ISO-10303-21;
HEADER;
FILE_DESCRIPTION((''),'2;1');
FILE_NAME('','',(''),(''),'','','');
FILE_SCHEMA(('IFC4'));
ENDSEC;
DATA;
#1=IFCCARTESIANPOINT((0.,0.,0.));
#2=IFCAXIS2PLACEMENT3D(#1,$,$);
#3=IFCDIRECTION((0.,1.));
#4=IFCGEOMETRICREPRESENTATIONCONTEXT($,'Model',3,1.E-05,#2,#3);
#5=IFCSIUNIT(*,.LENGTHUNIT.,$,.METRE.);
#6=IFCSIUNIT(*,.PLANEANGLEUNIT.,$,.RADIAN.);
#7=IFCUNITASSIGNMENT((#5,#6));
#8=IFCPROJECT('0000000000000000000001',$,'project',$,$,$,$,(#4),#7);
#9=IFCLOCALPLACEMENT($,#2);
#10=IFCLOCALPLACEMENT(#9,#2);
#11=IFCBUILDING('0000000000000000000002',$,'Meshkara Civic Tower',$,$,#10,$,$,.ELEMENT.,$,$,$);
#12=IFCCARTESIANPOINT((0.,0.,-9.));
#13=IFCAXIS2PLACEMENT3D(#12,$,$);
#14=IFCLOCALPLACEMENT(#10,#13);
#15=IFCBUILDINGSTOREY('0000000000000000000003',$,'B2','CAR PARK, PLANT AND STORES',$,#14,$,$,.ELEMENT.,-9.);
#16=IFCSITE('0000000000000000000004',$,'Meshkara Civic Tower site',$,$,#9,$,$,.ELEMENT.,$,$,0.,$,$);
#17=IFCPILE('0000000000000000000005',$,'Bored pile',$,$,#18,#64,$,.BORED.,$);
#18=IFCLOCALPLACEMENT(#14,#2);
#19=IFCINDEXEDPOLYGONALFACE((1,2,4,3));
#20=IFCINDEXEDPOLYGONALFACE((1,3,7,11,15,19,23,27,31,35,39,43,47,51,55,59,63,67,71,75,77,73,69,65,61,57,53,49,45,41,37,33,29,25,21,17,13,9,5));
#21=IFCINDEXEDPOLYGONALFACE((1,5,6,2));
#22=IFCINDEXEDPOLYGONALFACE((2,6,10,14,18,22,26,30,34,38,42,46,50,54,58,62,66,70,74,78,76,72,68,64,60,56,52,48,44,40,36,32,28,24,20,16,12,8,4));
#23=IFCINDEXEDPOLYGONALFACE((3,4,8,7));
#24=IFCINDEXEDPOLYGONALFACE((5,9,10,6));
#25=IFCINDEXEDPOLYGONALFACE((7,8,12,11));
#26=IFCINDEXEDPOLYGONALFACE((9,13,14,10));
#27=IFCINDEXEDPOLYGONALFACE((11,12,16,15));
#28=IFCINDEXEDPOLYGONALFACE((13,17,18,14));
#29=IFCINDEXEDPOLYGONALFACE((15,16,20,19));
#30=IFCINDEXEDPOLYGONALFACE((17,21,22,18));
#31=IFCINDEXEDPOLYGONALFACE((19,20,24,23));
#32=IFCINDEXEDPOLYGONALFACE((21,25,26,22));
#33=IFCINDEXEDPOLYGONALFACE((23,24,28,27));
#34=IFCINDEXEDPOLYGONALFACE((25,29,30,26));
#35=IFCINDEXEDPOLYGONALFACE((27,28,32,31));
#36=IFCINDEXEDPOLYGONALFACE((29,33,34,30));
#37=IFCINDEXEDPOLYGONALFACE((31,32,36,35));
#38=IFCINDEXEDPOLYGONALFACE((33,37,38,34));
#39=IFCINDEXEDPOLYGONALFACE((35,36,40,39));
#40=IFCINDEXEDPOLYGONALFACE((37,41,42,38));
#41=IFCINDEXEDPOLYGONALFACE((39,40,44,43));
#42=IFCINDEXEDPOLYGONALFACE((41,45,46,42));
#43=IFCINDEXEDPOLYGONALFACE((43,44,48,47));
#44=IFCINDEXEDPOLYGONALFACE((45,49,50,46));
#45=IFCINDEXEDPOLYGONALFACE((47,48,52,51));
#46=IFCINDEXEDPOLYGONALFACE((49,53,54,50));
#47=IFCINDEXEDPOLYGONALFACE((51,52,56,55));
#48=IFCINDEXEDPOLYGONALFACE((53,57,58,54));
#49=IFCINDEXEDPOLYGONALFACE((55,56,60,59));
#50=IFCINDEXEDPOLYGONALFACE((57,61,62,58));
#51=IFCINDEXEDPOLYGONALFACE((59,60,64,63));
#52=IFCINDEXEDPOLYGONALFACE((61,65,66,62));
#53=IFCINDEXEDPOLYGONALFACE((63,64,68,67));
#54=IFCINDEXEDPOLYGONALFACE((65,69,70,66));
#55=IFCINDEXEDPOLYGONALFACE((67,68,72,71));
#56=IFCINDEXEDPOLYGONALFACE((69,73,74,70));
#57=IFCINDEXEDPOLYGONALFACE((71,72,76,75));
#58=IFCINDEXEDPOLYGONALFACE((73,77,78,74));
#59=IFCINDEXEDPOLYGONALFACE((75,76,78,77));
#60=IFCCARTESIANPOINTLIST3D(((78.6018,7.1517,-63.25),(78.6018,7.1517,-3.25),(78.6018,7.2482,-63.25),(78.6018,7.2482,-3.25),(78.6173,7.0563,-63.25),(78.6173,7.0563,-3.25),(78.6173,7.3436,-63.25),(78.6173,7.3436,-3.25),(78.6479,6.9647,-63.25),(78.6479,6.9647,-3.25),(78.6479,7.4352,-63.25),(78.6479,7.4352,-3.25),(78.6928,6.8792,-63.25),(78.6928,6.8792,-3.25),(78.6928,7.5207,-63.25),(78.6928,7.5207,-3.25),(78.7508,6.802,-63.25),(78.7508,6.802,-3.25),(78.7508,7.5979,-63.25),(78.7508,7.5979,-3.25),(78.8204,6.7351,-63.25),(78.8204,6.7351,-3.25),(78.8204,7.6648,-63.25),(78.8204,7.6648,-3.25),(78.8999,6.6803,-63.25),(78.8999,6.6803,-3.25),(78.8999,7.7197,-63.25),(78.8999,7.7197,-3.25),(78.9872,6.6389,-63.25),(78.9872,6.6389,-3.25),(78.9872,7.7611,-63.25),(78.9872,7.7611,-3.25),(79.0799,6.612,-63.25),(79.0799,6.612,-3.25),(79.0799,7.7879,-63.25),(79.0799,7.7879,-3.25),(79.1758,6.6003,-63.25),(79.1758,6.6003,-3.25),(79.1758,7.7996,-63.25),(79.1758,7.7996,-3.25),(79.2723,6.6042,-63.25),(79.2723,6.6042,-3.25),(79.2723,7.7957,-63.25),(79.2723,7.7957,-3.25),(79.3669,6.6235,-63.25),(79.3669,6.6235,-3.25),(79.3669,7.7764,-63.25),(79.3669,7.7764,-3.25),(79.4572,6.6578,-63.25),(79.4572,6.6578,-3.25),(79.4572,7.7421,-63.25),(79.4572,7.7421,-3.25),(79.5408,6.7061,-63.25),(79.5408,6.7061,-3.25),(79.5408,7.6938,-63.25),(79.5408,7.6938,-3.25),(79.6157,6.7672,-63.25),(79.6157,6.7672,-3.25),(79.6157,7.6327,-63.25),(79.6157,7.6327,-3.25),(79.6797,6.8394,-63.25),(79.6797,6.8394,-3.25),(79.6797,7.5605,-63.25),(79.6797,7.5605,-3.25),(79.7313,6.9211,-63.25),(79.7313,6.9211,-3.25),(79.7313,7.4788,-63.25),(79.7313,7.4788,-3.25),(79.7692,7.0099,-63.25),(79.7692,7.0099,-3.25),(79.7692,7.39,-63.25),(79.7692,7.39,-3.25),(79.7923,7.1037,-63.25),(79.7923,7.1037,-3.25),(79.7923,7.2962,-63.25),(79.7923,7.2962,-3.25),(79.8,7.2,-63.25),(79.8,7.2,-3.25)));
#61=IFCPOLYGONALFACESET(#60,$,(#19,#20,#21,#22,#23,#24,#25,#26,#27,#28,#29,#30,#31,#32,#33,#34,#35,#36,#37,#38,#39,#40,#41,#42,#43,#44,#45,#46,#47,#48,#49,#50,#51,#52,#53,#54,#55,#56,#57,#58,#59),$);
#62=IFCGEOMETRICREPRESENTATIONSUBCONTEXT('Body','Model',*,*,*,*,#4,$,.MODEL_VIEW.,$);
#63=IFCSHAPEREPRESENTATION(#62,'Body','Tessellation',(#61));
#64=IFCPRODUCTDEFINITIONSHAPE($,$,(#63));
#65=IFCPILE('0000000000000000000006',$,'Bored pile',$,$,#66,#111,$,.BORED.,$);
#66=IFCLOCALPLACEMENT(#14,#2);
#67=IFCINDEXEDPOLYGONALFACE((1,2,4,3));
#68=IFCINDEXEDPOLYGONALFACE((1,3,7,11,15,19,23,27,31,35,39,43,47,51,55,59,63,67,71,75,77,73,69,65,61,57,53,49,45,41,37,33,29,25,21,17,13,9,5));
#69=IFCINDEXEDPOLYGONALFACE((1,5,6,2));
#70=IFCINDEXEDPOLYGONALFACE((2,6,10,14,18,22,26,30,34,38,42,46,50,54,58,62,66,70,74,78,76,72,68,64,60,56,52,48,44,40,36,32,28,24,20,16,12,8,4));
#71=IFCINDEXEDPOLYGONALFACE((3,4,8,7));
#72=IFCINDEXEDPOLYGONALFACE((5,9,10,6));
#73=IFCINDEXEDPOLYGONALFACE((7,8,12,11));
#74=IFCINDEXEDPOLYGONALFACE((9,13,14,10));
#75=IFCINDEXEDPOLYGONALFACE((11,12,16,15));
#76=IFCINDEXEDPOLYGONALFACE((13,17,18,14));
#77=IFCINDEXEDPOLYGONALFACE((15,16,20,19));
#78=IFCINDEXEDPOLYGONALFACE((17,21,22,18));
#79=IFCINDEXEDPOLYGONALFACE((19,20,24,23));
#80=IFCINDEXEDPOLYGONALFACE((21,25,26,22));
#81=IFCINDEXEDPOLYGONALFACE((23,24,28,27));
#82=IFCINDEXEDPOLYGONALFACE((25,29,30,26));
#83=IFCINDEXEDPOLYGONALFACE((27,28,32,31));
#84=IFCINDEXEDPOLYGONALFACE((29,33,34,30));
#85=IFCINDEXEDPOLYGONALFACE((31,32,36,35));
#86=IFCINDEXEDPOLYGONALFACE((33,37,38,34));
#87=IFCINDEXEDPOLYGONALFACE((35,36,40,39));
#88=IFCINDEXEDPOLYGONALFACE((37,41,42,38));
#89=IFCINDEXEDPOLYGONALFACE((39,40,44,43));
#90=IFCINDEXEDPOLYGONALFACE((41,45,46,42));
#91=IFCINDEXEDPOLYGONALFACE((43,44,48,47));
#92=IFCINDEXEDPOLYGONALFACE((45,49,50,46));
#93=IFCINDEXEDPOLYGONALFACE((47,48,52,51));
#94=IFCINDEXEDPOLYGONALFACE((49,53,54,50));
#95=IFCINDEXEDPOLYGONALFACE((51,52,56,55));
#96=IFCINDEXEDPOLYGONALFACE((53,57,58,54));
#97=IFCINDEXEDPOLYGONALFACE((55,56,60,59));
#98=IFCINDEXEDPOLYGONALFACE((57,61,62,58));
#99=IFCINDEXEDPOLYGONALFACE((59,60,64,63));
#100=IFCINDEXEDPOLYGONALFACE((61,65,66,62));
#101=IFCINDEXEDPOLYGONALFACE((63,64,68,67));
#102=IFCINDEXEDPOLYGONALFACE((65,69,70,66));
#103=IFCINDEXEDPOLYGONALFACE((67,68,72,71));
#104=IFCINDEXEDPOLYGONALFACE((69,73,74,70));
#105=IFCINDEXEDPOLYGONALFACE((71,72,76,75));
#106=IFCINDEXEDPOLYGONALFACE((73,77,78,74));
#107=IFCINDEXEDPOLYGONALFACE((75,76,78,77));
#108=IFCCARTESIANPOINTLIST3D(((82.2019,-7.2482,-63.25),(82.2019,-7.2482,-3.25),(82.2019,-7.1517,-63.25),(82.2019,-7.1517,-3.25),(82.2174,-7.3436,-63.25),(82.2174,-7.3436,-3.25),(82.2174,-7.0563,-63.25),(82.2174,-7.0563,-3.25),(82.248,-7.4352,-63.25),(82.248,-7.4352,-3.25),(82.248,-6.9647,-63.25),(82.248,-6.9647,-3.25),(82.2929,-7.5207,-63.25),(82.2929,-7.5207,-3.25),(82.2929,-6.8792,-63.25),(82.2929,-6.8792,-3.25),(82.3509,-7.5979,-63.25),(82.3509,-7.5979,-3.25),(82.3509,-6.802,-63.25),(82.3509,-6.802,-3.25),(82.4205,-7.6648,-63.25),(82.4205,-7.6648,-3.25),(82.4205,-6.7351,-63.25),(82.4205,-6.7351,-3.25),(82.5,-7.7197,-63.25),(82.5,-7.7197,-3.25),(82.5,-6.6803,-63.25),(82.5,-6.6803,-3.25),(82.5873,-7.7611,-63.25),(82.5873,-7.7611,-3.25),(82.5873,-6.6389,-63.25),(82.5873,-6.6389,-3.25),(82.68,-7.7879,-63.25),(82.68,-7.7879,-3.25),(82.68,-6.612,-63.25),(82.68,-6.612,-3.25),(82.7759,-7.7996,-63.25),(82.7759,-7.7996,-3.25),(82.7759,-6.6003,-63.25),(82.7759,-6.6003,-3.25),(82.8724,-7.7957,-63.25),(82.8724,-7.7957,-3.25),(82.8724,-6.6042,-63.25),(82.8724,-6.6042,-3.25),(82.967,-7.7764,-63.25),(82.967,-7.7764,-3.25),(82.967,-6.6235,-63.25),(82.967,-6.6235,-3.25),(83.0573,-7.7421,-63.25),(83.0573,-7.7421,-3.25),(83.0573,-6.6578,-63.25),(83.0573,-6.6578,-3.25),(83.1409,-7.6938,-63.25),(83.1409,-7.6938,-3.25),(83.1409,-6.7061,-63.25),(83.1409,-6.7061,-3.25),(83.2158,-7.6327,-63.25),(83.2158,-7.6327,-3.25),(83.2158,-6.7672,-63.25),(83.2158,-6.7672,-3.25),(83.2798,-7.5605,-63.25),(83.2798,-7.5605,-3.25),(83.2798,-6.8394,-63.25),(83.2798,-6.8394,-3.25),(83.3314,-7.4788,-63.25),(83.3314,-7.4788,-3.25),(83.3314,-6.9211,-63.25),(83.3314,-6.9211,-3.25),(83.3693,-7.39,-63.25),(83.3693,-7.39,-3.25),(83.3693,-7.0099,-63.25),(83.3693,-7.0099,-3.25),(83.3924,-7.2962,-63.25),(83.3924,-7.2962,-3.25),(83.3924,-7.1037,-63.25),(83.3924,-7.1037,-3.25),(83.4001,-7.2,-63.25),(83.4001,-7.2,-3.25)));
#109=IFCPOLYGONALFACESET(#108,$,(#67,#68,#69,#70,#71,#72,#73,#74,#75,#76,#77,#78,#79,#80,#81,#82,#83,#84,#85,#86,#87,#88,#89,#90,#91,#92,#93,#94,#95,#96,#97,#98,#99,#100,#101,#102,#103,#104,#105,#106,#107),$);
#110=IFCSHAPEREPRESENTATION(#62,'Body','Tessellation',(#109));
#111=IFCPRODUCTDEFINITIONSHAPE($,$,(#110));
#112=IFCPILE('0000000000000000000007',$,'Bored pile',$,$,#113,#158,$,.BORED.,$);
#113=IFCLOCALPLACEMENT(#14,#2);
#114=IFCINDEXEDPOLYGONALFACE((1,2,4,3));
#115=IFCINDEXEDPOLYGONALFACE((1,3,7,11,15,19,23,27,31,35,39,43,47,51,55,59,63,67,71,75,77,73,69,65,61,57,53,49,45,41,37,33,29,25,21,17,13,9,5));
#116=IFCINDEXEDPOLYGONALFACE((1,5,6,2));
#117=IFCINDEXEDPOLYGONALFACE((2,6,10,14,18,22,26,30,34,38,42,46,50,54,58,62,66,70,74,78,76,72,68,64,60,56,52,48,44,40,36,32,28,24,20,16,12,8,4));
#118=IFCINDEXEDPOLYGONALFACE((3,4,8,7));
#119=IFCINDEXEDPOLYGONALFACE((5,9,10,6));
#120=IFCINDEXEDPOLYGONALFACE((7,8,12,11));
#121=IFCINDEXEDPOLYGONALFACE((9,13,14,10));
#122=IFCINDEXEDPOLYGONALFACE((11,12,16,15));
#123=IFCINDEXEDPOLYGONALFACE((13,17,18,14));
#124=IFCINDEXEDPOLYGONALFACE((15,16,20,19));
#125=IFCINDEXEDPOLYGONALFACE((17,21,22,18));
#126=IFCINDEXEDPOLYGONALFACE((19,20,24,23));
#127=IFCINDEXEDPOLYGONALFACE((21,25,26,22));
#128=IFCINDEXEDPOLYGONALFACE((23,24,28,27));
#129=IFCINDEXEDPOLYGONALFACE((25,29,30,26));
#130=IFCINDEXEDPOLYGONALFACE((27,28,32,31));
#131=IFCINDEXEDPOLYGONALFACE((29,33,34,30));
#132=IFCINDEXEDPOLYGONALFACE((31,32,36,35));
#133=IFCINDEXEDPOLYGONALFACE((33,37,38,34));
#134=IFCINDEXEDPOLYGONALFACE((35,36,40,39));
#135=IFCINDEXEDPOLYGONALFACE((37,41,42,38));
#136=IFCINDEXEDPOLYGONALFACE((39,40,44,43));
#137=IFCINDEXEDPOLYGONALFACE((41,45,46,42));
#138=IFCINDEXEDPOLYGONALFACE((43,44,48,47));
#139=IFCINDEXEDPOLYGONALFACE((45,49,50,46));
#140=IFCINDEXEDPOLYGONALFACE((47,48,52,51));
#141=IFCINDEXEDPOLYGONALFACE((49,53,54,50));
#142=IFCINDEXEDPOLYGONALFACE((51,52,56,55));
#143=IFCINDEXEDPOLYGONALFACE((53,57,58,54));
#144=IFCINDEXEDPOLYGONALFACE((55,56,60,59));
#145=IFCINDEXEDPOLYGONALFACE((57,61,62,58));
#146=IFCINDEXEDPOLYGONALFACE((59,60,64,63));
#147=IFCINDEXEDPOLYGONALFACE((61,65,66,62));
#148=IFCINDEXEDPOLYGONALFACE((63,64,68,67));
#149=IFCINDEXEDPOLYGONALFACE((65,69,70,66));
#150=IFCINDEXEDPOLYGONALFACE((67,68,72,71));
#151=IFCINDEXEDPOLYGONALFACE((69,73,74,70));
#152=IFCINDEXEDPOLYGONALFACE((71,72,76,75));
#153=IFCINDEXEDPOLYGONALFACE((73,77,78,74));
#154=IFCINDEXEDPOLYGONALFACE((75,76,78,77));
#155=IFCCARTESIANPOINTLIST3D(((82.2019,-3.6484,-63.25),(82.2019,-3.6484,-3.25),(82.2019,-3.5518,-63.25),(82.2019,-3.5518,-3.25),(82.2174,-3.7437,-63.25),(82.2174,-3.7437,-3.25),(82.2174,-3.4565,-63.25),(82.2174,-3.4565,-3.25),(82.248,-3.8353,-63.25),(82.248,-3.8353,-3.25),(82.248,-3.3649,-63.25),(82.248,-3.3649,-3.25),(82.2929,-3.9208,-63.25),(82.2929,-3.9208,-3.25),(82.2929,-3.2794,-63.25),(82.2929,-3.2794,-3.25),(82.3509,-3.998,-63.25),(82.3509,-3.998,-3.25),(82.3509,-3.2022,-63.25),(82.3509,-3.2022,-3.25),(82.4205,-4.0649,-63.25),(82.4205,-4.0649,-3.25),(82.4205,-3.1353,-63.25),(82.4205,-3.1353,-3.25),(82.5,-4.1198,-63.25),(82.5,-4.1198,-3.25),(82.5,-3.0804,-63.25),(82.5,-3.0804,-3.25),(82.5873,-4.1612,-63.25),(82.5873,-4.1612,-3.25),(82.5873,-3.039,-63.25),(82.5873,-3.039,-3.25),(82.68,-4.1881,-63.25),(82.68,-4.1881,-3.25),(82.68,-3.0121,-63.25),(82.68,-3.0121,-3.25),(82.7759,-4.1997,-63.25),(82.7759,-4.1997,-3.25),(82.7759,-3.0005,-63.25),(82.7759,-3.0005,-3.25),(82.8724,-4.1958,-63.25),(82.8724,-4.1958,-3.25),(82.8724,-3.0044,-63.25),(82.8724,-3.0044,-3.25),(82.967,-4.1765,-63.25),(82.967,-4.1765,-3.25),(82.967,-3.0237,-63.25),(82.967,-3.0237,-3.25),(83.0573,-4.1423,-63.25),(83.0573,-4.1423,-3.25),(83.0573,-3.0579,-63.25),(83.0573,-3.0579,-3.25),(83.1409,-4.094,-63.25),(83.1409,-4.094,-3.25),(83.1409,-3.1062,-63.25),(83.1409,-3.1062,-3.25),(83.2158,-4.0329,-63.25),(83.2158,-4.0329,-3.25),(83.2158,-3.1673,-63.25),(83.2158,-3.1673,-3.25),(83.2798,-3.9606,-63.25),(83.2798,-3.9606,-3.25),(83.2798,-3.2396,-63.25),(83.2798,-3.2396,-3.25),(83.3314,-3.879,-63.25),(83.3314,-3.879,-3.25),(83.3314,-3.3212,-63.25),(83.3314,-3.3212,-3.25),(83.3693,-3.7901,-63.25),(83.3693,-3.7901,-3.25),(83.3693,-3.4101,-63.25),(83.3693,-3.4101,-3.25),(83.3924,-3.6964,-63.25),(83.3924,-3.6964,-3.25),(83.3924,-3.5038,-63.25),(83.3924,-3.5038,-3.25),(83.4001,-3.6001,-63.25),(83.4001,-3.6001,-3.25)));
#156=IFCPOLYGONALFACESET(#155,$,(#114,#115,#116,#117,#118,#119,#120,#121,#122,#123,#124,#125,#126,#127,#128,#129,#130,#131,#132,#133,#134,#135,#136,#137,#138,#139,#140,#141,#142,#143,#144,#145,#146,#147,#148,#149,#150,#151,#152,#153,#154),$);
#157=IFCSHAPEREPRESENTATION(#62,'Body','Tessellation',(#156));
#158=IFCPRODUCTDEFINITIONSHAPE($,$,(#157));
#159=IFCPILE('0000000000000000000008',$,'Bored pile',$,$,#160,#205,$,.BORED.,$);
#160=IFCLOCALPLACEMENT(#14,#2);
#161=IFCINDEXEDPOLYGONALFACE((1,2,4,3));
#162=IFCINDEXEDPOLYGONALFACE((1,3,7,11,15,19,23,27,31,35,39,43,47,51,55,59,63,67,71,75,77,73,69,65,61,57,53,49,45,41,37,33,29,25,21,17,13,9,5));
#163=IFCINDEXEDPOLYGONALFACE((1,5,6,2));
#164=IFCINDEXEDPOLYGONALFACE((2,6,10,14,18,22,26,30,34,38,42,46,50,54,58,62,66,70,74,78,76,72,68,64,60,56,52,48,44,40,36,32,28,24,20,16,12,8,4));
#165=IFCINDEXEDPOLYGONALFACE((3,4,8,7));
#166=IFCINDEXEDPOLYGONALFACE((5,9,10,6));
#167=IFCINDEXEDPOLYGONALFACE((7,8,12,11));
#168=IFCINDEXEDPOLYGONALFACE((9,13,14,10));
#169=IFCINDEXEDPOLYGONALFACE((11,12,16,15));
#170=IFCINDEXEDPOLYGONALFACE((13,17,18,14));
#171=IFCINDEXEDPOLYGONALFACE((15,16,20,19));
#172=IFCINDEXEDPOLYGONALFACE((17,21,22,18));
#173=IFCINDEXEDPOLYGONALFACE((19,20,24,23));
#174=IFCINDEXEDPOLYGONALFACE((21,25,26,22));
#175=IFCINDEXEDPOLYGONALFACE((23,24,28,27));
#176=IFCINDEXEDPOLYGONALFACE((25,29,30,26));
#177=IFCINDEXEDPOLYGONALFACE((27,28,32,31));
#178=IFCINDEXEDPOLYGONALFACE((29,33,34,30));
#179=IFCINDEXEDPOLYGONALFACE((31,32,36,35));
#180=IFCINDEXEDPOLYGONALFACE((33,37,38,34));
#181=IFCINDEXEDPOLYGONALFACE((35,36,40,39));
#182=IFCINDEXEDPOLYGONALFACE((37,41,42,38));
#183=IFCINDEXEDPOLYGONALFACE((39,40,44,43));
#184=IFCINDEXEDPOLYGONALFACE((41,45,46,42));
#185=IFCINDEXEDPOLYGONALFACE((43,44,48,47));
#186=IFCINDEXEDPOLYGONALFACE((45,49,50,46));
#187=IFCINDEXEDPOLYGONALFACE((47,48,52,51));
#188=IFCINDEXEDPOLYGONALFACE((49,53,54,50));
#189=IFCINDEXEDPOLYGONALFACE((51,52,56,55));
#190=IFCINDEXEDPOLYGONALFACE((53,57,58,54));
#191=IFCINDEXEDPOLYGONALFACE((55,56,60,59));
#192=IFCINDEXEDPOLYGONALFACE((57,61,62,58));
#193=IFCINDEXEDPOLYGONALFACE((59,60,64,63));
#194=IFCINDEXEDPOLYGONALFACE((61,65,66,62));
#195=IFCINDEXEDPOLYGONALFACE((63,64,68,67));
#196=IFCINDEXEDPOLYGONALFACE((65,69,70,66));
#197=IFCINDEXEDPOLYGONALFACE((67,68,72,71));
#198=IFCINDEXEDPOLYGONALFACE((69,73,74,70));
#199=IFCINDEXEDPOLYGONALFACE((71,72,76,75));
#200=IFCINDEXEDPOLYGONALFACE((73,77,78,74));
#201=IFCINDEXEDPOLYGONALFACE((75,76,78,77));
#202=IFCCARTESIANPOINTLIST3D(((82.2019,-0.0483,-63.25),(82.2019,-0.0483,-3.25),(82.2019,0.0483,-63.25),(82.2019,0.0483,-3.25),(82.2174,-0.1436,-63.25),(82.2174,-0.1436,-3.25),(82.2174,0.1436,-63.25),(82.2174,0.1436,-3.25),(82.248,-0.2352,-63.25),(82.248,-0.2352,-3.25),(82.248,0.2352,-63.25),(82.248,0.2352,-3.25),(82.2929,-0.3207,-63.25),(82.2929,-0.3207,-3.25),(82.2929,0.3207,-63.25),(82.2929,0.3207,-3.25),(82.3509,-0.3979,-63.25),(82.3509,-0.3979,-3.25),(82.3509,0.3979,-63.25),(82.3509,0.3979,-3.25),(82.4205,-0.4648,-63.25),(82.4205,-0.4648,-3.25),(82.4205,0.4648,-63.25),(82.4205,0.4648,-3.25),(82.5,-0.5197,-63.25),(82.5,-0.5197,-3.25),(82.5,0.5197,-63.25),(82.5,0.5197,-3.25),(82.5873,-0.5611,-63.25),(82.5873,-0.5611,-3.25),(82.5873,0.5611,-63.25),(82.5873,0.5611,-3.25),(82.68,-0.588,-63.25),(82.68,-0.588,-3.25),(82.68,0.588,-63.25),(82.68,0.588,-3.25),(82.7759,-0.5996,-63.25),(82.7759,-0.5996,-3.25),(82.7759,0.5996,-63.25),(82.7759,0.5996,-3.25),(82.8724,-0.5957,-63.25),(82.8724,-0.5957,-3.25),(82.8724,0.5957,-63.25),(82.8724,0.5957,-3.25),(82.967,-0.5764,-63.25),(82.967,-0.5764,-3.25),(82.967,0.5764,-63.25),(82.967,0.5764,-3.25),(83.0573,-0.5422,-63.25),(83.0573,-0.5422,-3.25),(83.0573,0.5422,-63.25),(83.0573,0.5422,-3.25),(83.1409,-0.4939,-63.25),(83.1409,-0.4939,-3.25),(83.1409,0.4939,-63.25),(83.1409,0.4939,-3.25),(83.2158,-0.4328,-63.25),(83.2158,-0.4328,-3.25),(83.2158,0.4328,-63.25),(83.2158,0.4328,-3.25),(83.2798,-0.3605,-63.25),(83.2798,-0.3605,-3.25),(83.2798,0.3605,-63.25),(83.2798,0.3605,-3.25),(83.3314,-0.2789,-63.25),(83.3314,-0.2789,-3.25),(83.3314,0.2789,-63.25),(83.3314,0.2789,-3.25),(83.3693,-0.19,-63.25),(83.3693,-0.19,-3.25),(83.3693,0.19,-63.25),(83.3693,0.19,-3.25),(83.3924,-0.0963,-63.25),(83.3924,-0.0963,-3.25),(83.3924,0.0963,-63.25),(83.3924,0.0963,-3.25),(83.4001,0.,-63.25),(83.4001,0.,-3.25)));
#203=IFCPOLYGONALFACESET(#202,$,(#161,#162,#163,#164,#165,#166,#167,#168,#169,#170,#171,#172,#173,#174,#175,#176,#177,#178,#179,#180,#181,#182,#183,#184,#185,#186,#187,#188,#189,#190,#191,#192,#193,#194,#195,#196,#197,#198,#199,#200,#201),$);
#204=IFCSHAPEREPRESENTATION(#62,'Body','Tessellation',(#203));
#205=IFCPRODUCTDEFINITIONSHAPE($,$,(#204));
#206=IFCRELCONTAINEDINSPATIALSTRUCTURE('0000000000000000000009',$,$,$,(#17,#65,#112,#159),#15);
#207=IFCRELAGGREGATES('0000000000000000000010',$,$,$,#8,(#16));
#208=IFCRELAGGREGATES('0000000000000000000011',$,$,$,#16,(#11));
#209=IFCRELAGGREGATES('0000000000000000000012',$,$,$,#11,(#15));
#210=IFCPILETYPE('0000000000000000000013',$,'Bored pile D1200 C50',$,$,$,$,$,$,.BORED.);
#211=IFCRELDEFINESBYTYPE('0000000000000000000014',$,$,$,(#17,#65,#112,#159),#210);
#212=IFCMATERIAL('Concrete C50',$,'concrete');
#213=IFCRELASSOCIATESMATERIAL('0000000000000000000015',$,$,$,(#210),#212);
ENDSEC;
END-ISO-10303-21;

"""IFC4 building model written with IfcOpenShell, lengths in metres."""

from ifc_helpers import new_model, si_unit, direction, frame, origin, origin_2d, place, context, subcontext, project, spatial, circle, extrude, material, material_profile, profile_set, type_object, element, save


model = new_model("IFC4")

# Units and contexts
model_context = context("Model", 3, precision=1e-05, world=origin(), true_north=direction((0.0, 1.0)))
body_context = subcontext(model_context, "Body", "Model", "MODEL_VIEW")
ifc_project = project(units=[si_unit("LENGTHUNIT", "METRE"), si_unit("PLANEANGLEUNIT", "RADIAN")], contexts=[model_context])

# Site, building, storey
site_placement = place(None, origin())
site = spatial("IfcSite", under=ifc_project, at=site_placement, Name="Meshkara Civic Tower site", CompositionType="ELEMENT", RefElevation=0.0)
building_placement = place(site_placement, origin())
building = spatial("IfcBuilding", under=site, at=building_placement, Name="Meshkara Civic Tower", CompositionType="ELEMENT")
storey_placement = place(building_placement, frame((0.0, 0.0, -9.0)))
storey = spatial("IfcBuildingStorey", under=building, at=storey_placement, Name="B2", Description="CAR PARK, PLANT AND STORES", CompositionType="ELEMENT", Elevation=-9.0)

# Piles
ifc_material_1 = material(Name="Concrete C50", Category="concrete")
ifc_material_profile_1 = material_profile(ifc_material_1, circle(Radius=0.6001, at=origin_2d()))
ifc_profile_set_1 = profile_set([ifc_material_profile_1], Name="Concrete C50")
pile_type = type_object("IfcPileType", Name="Bored pile D1200 C50", PredefinedType="BORED", material=ifc_profile_set_1)
for number, where, z_axis, x_axis, name in (
    (1, (79.2, 7.2, -3.25), (0.0, 0.0, -1.0), (1.0, 0.0, 0.0), "Bored pile"),
    (2, (82.8, -7.2, -3.25), (0.0, 0.0, -1.0), (1.0, 0.0, 0.0), "Bored pile"),
    (3, (82.8, -3.6001, -3.25), (0.0, 0.0, -1.0), (1.0, 0.0, 0.0), "Bored pile"),
    (4, (82.8, 0.0, -3.25), (0.0, 0.0, -1.0), (1.0, 0.0, 0.0), "Bored pile"),
):
    element("IfcPile", number, at=place(storey_placement, frame(where, z_axis=z_axis, x_axis=x_axis)), inside=storey, type_object=pile_type, Name=name, PredefinedType="BORED", context=body_context, shape_type="SweptSolid", body=[
        extrude(circle(Radius=0.6001, at=origin_2d()), origin(), (0.0, 0.0, 1.0), 60.0),
    ])

save(model, "model.ifc")
